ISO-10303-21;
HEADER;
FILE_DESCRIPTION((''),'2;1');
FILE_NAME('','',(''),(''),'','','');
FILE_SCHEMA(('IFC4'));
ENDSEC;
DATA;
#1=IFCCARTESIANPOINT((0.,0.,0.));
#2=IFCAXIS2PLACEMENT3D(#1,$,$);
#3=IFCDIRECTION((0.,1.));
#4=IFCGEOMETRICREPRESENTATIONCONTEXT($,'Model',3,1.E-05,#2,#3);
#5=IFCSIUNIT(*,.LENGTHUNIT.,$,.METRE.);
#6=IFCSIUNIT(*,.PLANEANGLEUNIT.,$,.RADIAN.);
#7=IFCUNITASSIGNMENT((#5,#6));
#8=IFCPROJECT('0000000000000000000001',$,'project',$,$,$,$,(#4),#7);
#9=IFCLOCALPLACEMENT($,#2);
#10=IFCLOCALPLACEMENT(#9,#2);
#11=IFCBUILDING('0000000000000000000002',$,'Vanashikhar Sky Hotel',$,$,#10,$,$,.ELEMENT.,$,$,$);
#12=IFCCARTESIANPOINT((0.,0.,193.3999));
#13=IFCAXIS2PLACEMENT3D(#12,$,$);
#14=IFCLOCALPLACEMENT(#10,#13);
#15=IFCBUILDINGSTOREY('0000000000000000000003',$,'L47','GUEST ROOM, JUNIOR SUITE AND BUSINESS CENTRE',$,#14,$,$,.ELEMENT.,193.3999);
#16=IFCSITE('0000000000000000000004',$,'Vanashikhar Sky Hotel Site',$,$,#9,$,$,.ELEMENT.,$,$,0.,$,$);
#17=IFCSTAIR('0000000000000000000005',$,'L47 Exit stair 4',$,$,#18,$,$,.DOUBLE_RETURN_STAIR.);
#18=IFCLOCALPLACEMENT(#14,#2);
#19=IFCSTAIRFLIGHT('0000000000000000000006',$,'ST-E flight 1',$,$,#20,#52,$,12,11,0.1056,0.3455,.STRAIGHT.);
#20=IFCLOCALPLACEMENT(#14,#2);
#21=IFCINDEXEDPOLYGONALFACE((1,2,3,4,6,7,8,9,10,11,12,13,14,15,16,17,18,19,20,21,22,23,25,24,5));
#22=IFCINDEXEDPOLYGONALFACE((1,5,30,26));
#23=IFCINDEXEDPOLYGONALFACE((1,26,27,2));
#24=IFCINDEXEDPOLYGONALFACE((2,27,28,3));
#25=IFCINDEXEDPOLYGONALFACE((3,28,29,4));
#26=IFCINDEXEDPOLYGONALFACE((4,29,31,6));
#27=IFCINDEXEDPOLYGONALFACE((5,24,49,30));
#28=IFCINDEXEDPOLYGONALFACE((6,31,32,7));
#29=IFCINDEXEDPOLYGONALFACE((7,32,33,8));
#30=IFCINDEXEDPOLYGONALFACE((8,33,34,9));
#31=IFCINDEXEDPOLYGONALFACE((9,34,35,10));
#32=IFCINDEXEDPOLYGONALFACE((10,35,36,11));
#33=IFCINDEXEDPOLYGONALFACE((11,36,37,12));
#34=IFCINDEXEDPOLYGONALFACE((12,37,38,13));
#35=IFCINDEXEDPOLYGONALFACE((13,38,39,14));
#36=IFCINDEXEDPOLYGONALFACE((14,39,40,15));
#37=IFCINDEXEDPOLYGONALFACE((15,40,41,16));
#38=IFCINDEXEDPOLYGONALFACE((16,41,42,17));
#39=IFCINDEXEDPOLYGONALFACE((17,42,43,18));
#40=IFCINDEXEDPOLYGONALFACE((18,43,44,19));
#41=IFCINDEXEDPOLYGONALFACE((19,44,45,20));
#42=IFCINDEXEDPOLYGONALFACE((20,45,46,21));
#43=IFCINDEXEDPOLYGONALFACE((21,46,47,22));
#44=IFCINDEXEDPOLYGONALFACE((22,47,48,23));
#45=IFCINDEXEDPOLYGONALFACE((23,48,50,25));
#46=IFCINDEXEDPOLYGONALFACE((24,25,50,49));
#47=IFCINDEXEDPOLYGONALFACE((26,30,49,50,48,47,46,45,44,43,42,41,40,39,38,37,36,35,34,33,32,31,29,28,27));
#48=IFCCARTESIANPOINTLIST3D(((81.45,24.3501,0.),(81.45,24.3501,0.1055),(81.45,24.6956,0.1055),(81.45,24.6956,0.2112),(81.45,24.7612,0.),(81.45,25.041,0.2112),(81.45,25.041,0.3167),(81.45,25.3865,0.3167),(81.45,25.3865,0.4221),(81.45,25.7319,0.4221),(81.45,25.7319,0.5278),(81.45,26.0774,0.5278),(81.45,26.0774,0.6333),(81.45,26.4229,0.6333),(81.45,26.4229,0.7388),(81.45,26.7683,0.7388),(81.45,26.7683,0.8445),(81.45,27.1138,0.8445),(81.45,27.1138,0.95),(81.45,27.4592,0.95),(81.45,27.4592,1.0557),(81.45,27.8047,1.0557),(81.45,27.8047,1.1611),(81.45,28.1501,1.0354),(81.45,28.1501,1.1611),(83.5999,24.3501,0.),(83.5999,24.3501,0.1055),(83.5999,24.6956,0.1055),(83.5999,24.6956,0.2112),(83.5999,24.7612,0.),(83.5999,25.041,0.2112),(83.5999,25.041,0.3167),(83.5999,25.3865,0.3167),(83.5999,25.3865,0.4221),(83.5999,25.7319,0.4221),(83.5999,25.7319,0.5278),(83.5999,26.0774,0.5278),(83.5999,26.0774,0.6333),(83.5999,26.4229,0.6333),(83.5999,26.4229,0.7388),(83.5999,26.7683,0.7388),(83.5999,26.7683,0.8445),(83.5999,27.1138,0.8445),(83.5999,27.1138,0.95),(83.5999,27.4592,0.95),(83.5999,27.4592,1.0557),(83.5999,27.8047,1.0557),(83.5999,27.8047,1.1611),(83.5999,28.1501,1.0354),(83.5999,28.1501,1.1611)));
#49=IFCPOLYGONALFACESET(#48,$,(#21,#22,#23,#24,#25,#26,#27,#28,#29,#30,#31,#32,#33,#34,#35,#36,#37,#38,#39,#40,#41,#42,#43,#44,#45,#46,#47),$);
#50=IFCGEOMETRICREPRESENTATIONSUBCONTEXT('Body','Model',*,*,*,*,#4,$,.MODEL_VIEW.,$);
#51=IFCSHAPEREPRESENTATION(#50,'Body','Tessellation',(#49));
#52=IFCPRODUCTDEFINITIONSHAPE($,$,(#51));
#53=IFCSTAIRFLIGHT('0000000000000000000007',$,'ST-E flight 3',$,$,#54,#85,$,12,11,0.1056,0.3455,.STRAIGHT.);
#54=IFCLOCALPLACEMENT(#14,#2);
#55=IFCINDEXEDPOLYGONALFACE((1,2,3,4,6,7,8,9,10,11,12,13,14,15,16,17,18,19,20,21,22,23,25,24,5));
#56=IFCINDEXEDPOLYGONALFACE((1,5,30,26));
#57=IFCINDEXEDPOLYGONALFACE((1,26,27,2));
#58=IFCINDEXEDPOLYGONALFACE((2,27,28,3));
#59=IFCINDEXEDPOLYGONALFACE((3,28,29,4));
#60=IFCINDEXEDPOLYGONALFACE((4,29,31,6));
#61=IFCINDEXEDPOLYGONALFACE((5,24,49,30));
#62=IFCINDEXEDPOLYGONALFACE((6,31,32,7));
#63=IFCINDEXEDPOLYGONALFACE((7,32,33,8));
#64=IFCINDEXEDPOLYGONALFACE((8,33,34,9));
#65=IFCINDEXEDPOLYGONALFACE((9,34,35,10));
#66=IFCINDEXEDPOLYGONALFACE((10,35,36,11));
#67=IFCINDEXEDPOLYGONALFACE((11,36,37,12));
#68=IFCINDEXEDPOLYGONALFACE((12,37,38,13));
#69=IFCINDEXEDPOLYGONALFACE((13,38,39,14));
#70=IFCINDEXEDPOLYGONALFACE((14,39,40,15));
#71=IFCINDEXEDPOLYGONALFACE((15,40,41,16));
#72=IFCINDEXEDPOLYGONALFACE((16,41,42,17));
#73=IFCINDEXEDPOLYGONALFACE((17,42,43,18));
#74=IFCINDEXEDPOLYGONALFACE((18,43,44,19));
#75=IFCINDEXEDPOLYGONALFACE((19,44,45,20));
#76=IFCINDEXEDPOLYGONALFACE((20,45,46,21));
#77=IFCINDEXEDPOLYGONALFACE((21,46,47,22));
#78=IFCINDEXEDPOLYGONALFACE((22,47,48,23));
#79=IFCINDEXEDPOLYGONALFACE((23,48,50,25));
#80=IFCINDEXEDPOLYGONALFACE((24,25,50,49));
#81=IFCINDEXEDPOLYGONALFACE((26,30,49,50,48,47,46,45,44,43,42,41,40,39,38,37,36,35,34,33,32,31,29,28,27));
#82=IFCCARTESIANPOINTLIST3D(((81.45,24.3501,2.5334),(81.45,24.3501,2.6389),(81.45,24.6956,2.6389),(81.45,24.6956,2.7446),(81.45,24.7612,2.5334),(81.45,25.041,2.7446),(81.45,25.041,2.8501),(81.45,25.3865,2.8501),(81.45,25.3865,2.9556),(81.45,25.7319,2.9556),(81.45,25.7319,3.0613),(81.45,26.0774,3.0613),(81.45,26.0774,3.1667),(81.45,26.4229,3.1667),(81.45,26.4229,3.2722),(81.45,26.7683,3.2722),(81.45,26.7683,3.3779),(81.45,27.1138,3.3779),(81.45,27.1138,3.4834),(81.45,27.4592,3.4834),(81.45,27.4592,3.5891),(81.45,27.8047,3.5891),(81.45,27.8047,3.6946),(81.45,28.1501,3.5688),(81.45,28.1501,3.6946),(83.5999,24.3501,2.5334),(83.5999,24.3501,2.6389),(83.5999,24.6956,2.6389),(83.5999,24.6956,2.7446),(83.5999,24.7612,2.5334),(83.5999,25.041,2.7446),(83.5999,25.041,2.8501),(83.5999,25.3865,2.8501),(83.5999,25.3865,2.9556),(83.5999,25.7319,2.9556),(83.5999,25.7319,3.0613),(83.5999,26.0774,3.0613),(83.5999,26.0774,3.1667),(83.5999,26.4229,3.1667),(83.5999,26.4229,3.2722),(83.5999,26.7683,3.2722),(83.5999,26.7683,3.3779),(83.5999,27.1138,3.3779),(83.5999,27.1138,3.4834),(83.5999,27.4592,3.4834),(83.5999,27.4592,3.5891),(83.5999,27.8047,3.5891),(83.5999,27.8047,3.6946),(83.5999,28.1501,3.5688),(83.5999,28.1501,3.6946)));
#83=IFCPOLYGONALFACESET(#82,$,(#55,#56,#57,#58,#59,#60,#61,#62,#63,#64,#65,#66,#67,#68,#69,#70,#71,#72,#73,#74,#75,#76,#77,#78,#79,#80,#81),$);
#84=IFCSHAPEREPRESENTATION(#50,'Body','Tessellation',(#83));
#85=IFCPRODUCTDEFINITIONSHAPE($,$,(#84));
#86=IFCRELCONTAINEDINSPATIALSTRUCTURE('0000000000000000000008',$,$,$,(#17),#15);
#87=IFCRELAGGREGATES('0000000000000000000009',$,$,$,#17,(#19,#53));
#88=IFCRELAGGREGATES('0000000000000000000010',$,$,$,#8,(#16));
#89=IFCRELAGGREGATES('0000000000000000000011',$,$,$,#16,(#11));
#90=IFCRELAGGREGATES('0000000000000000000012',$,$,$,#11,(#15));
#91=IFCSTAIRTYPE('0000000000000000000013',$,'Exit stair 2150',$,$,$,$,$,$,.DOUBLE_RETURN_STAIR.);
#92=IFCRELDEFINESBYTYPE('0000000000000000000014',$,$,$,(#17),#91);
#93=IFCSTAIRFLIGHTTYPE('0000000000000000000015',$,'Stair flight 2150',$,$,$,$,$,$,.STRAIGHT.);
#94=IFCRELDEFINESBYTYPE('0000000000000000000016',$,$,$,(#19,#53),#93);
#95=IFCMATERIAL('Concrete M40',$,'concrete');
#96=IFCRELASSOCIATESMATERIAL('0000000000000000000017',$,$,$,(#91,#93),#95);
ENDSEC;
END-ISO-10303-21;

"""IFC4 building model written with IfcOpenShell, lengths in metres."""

from ifc_helpers import new_model, si_unit, direction, frame, origin, place, context, subcontext, project, spatial, polyline, outline, extrude, source, transform, mapped, material, type_object, element, aggregate, save


model = new_model("IFC4")

# Units and contexts
model_context = context("Model", 3, precision=1e-05, world=origin(), true_north=direction((0.0, 1.0)))
body_context = subcontext(model_context, "Body", "Model", "MODEL_VIEW")
ifc_project = project(units=[si_unit("LENGTHUNIT", "METRE"), si_unit("PLANEANGLEUNIT", "RADIAN")], contexts=[model_context])

# Site, building, storey
site_placement = place(None, origin())
site = spatial("IfcSite", under=ifc_project, at=site_placement, Name="Vanashikhar Sky Hotel Site", CompositionType="ELEMENT", RefElevation=0.0)
building_placement = place(site_placement, origin())
building = spatial("IfcBuilding", under=site, at=building_placement, Name="Vanashikhar Sky Hotel", CompositionType="ELEMENT")
storey_placement = place(building_placement, frame((0.0, 0.0, 193.3999)))
storey = spatial("IfcBuildingStorey", under=building, at=storey_placement, Name="L47", Description="GUEST ROOM, JUNIOR SUITE AND BUSINESS CENTRE", CompositionType="ELEMENT", Elevation=193.3999)

# Stair, stair flights
ifc_material_1 = material(Name="Concrete M40", Category="concrete")
stair_type = type_object("IfcStairType", Name="Exit stair 2150", PredefinedType="DOUBLE_RETURN_STAIR", material=ifc_material_1)
stair_placement = place(storey_placement, origin())
stair = element("IfcStair", 1, at=stair_placement, inside=storey, type_object=stair_type, Name="L47 Exit stair 4", PredefinedType="DOUBLE_RETURN_STAIR")
stair_flight_type = type_object("IfcStairFlightType", Name="Stair flight 2150", PredefinedType="STRAIGHT", material=ifc_material_1)
shared_shape_1 = source(origin(), body_context, "Body", "SweptSolid", [
    extrude(outline(polyline([(0.0, 0.0), (0.0, 0.1055), (0.3455, 0.1055), (0.3455, 0.2112), (0.6909, 0.2112), (0.6909, 0.3167), (1.0364, 0.3167), (1.0364, 0.4221), (1.3818, 0.4221), (1.3818, 0.5278), (1.7273, 0.5278), (1.7273, 0.6333), (2.0728, 0.6333), (2.0728, 0.7388), (2.4182, 0.7388), (2.4182, 0.8445), (2.7637, 0.8445), (2.7637, 0.95), (3.1091, 0.95), (3.1091, 1.0557), (3.4546, 1.0557), (3.4546, 1.1611), (3.8, 1.1611), (3.8, 1.2666), (3.8, 1.0354), (0.4111, 0.0), (0.0, 0.0)])), frame((0.0, 1.075, 0.0), z_axis=(0.0, -1.0, 0.0), x_axis=(1.0, 0.0, 0.0)), (0.0, 0.0, 1.0), 2.1499),
])
stair_flight_1_placement = place(storey_placement, frame((82.5249, 24.3501, 0.0), z_axis=(0.0, 0.0, 1.0), x_axis=(0.0, 1.0, 0.0)))
stair_flight_1 = element("IfcStairFlight", 2, at=stair_flight_1_placement, type_object=stair_flight_type, Name="ST-E flight 1", NumberOfRisers=12, NumberOfTreads=11, PredefinedType="STRAIGHT", RiserHeight=0.1056, TreadLength=0.3455, context=body_context, shape_type="MappedRepresentation", body=[
    mapped(shared_shape_1, transform((0.0, 0.0, 0.0), scale=1.0)),
])
stair_flight_2_placement = place(storey_placement, frame((82.5249, 24.3501, 2.5334), z_axis=(0.0, 0.0, 1.0), x_axis=(0.0, 1.0, 0.0)))
stair_flight_2 = element("IfcStairFlight", 3, at=stair_flight_2_placement, type_object=stair_flight_type, Name="ST-E flight 3", NumberOfRisers=12, NumberOfTreads=11, PredefinedType="STRAIGHT", RiserHeight=0.1056, TreadLength=0.3455, context=body_context, shape_type="MappedRepresentation", body=[
    mapped(shared_shape_1, transform((0.0, 0.0, 0.0), scale=1.0)),
])
aggregate(stair, [stair_flight_1, stair_flight_2])

save(model, "model.ifc")
